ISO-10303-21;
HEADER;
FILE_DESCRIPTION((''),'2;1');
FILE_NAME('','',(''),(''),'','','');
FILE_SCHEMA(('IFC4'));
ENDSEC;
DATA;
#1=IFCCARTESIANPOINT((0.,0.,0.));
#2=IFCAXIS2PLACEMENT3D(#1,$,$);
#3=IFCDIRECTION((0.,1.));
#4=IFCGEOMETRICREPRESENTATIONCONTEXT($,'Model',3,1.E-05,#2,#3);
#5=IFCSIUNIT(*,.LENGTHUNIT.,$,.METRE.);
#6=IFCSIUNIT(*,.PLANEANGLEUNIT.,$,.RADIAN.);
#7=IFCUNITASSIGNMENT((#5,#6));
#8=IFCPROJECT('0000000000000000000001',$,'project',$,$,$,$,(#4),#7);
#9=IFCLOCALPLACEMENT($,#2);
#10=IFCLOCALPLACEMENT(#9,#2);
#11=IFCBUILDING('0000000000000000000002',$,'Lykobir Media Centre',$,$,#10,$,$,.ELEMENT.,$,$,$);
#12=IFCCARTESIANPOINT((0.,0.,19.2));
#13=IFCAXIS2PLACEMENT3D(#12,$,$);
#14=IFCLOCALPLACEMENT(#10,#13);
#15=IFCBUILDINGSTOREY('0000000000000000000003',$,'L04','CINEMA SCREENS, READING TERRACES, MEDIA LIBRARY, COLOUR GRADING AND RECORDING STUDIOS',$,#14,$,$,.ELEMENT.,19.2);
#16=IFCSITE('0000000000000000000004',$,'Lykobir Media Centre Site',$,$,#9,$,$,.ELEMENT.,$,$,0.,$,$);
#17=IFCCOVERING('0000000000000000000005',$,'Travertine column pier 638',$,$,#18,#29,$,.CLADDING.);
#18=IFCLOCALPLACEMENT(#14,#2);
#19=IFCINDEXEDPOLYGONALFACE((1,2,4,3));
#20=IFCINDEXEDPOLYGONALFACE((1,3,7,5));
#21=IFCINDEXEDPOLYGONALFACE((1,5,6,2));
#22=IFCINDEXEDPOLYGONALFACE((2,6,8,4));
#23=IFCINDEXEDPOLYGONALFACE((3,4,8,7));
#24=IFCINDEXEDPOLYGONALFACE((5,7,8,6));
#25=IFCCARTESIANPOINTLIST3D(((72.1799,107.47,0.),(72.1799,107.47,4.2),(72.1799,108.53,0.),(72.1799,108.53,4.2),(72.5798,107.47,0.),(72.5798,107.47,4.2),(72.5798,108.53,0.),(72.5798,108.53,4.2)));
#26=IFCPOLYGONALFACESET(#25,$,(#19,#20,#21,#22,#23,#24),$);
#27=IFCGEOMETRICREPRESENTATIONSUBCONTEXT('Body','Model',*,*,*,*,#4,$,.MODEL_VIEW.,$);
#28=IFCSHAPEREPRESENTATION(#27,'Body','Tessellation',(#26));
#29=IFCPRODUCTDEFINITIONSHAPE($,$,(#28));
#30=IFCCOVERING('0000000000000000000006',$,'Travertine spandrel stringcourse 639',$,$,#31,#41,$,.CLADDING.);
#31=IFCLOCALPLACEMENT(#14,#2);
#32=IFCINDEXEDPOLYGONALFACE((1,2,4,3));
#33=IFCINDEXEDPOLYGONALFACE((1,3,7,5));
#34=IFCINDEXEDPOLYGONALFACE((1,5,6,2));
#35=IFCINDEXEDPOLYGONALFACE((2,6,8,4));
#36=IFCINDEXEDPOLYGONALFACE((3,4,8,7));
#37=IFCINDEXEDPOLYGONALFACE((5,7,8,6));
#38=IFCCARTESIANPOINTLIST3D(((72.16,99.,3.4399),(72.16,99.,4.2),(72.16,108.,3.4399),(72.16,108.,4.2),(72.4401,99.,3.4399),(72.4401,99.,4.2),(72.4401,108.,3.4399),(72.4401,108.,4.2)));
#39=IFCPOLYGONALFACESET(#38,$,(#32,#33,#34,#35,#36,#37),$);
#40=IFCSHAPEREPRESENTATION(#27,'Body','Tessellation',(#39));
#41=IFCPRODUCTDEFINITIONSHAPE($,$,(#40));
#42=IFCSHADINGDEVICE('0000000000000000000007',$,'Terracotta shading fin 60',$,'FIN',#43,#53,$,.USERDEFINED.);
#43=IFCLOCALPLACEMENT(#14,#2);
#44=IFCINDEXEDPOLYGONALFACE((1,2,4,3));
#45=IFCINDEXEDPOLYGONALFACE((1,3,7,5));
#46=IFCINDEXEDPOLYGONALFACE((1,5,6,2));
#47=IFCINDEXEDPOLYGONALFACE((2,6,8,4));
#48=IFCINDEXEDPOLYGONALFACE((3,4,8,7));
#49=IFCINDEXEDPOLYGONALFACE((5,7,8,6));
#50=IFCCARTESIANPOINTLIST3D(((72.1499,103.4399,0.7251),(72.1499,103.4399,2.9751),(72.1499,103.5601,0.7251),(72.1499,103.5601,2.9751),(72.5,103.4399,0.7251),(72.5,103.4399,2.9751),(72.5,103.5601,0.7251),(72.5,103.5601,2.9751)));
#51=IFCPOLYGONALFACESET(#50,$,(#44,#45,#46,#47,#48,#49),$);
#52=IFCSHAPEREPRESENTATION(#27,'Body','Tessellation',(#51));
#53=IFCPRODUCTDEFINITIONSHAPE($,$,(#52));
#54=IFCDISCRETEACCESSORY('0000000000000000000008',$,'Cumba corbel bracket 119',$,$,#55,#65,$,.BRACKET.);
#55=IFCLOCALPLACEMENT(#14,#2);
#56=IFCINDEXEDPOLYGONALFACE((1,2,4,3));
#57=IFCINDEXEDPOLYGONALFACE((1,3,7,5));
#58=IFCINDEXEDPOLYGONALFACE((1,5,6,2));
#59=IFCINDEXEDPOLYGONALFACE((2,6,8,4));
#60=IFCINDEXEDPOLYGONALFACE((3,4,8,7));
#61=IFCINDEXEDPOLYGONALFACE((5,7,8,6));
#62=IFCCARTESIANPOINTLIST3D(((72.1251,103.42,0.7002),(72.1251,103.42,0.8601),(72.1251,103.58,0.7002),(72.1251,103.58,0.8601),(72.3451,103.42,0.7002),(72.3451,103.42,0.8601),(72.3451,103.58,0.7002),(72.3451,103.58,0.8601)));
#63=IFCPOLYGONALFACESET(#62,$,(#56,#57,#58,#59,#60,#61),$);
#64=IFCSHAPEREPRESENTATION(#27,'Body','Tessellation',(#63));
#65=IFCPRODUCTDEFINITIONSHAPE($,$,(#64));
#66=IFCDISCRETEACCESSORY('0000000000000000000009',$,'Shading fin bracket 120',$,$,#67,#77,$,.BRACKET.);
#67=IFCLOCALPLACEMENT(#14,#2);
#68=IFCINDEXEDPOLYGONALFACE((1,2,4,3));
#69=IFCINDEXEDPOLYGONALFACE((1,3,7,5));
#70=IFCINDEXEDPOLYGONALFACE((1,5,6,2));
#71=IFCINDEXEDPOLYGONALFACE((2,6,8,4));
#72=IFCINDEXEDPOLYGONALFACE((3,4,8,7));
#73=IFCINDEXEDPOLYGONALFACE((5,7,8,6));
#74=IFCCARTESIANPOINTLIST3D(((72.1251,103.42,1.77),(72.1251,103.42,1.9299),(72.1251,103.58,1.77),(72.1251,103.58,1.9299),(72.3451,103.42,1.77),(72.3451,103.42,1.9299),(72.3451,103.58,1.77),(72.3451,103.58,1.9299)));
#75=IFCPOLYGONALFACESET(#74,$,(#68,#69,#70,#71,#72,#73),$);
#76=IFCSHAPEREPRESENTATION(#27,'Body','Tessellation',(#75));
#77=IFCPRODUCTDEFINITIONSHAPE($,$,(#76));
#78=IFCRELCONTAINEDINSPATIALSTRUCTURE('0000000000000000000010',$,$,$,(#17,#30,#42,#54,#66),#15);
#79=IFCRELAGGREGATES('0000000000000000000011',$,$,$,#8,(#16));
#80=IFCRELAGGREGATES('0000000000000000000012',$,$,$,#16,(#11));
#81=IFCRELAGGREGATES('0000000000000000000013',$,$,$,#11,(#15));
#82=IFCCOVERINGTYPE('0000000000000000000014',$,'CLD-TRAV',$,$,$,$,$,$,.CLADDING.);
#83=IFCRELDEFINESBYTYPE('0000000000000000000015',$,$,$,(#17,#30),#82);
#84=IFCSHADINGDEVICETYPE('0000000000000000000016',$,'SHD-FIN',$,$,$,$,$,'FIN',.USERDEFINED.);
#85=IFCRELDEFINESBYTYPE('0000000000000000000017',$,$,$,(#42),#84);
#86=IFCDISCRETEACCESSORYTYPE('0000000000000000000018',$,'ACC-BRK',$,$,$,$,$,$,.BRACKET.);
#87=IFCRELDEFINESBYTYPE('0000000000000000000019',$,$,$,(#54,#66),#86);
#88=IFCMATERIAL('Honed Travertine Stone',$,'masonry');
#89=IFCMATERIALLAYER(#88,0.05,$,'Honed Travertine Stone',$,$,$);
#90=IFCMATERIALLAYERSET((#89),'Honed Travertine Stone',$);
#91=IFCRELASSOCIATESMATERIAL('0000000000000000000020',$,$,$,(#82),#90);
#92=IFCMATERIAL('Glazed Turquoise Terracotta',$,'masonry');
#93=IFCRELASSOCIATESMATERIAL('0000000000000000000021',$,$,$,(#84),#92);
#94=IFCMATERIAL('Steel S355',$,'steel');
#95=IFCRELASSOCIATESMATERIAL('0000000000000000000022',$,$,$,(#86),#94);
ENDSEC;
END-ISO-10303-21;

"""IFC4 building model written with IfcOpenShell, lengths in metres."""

from ifc_helpers import new_model, si_unit, direction, frame, origin, origin_2d, place, context, subcontext, project, spatial, rectangle, extrude, material, layer, layer_set, type_object, element, save


model = new_model("IFC4")

# Units and contexts
model_context = context("Model", 3, precision=1e-05, world=origin(), true_north=direction((0.0, 1.0)))
body_context = subcontext(model_context, "Body", "Model", "MODEL_VIEW")
ifc_project = project(units=[si_unit("LENGTHUNIT", "METRE"), si_unit("PLANEANGLEUNIT", "RADIAN")], contexts=[model_context])

# Site, building, storey
site_placement = place(None, origin())
site = spatial("IfcSite", under=ifc_project, at=site_placement, Name="Lykobir Media Centre Site", CompositionType="ELEMENT", RefElevation=0.0)
building_placement = place(site_placement, origin())
building = spatial("IfcBuilding", under=site, at=building_placement, Name="Lykobir Media Centre", CompositionType="ELEMENT")
storey_placement = place(building_placement, frame((0.0, 0.0, 19.2)))
storey = spatial("IfcBuildingStorey", under=building, at=storey_placement, Name="L04", Description="CINEMA SCREENS, READING TERRACES, MEDIA LIBRARY, COLOUR GRADING AND RECORDING STUDIOS", CompositionType="ELEMENT", Elevation=19.2)

# Shared definitions
ifc_material_1 = material(Name="Steel S355", Category="steel")

# Coverings
ifc_material_2 = material(Name="Glazed Turquoise Terracotta", Category="masonry")
ifc_material_3 = material(Name="Honed Travertine Stone", Category="masonry")
ifc_layer_1 = layer(ifc_material_3, 0.05, Name="Honed Travertine Stone")
ifc_layer_set_1 = layer_set([ifc_layer_1], Name="Honed Travertine Stone")
covering_type_1 = type_object("IfcCoveringType", Name="CLD-TRAV", PredefinedType="CLADDING", material=ifc_layer_set_1)
covering_1_placement = place(storey_placement, frame((72.3799, 108.0, 0.0), z_axis=(0.0, 0.0, 1.0), x_axis=(0.0, 1.0, 0.0)))
element("IfcCovering", 1, at=covering_1_placement, inside=storey, type_object=covering_type_1, Name="Travertine column pier 638", PredefinedType="CLADDING", context=body_context, shape_type="SweptSolid", body=[
    extrude(rectangle(XDim=1.0601, YDim=0.3999, at=origin_2d()), origin(), (0.0, 0.0, 1.0), 4.2),
])
covering_2_placement = place(storey_placement, frame((72.3, 103.5, 3.4399), z_axis=(0.0, 0.0, 1.0), x_axis=(0.0, 1.0, 0.0)))
element("IfcCovering", 2, at=covering_2_placement, inside=storey, type_object=covering_type_1, Name="Travertine spandrel stringcourse 639", PredefinedType="CLADDING", context=body_context, shape_type="SweptSolid", body=[
    extrude(rectangle(XDim=9.0, YDim=0.28, at=origin_2d()), origin(), (0.0, 0.0, 1.0), 0.76),
])

# Shading device
shading_device_type = type_object("IfcShadingDeviceType", Name="SHD-FIN", ElementType="FIN", PredefinedType="USERDEFINED", material=ifc_material_2)
shading_device_placement = place(storey_placement, frame((72.325, 103.5, 0.7251), z_axis=(0.0, 0.0, 1.0), x_axis=(0.0, 1.0, 0.0)))
element("IfcShadingDevice", 3, at=shading_device_placement, inside=storey, type_object=shading_device_type, Name="Terracotta shading fin 60", ObjectType="FIN", PredefinedType="USERDEFINED", context=body_context, shape_type="SweptSolid", body=[
    extrude(rectangle(XDim=0.1201, YDim=0.3501, at=origin_2d()), origin(), (0.0, 0.0, 1.0), 2.25),
])

# Discrete accessories
discrete_accessory_type = type_object("IfcDiscreteAccessoryType", Name="ACC-BRK", PredefinedType="BRACKET", material=ifc_material_1)
for number, where, z_axis, x_axis, name in (
    (4, (72.2351, 103.5, 0.7002), (0.0, 0.0, 1.0), (0.0, 1.0, 0.0), "Cumba corbel bracket 119"),
    (5, (72.2351, 103.5, 1.77), (0.0, 0.0, 1.0), (0.0, 1.0, 0.0), "Shading fin bracket 120"),
):
    element("IfcDiscreteAccessory", number, at=place(storey_placement, frame(where, z_axis=z_axis, x_axis=x_axis)), inside=storey, type_object=discrete_accessory_type, Name=name, PredefinedType="BRACKET", context=body_context, shape_type="SweptSolid", body=[
        extrude(rectangle(XDim=0.1599, YDim=0.22, at=origin_2d()), origin(), (0.0, 0.0, 1.0), 0.1599),
    ])

save(model, "model.ifc")
